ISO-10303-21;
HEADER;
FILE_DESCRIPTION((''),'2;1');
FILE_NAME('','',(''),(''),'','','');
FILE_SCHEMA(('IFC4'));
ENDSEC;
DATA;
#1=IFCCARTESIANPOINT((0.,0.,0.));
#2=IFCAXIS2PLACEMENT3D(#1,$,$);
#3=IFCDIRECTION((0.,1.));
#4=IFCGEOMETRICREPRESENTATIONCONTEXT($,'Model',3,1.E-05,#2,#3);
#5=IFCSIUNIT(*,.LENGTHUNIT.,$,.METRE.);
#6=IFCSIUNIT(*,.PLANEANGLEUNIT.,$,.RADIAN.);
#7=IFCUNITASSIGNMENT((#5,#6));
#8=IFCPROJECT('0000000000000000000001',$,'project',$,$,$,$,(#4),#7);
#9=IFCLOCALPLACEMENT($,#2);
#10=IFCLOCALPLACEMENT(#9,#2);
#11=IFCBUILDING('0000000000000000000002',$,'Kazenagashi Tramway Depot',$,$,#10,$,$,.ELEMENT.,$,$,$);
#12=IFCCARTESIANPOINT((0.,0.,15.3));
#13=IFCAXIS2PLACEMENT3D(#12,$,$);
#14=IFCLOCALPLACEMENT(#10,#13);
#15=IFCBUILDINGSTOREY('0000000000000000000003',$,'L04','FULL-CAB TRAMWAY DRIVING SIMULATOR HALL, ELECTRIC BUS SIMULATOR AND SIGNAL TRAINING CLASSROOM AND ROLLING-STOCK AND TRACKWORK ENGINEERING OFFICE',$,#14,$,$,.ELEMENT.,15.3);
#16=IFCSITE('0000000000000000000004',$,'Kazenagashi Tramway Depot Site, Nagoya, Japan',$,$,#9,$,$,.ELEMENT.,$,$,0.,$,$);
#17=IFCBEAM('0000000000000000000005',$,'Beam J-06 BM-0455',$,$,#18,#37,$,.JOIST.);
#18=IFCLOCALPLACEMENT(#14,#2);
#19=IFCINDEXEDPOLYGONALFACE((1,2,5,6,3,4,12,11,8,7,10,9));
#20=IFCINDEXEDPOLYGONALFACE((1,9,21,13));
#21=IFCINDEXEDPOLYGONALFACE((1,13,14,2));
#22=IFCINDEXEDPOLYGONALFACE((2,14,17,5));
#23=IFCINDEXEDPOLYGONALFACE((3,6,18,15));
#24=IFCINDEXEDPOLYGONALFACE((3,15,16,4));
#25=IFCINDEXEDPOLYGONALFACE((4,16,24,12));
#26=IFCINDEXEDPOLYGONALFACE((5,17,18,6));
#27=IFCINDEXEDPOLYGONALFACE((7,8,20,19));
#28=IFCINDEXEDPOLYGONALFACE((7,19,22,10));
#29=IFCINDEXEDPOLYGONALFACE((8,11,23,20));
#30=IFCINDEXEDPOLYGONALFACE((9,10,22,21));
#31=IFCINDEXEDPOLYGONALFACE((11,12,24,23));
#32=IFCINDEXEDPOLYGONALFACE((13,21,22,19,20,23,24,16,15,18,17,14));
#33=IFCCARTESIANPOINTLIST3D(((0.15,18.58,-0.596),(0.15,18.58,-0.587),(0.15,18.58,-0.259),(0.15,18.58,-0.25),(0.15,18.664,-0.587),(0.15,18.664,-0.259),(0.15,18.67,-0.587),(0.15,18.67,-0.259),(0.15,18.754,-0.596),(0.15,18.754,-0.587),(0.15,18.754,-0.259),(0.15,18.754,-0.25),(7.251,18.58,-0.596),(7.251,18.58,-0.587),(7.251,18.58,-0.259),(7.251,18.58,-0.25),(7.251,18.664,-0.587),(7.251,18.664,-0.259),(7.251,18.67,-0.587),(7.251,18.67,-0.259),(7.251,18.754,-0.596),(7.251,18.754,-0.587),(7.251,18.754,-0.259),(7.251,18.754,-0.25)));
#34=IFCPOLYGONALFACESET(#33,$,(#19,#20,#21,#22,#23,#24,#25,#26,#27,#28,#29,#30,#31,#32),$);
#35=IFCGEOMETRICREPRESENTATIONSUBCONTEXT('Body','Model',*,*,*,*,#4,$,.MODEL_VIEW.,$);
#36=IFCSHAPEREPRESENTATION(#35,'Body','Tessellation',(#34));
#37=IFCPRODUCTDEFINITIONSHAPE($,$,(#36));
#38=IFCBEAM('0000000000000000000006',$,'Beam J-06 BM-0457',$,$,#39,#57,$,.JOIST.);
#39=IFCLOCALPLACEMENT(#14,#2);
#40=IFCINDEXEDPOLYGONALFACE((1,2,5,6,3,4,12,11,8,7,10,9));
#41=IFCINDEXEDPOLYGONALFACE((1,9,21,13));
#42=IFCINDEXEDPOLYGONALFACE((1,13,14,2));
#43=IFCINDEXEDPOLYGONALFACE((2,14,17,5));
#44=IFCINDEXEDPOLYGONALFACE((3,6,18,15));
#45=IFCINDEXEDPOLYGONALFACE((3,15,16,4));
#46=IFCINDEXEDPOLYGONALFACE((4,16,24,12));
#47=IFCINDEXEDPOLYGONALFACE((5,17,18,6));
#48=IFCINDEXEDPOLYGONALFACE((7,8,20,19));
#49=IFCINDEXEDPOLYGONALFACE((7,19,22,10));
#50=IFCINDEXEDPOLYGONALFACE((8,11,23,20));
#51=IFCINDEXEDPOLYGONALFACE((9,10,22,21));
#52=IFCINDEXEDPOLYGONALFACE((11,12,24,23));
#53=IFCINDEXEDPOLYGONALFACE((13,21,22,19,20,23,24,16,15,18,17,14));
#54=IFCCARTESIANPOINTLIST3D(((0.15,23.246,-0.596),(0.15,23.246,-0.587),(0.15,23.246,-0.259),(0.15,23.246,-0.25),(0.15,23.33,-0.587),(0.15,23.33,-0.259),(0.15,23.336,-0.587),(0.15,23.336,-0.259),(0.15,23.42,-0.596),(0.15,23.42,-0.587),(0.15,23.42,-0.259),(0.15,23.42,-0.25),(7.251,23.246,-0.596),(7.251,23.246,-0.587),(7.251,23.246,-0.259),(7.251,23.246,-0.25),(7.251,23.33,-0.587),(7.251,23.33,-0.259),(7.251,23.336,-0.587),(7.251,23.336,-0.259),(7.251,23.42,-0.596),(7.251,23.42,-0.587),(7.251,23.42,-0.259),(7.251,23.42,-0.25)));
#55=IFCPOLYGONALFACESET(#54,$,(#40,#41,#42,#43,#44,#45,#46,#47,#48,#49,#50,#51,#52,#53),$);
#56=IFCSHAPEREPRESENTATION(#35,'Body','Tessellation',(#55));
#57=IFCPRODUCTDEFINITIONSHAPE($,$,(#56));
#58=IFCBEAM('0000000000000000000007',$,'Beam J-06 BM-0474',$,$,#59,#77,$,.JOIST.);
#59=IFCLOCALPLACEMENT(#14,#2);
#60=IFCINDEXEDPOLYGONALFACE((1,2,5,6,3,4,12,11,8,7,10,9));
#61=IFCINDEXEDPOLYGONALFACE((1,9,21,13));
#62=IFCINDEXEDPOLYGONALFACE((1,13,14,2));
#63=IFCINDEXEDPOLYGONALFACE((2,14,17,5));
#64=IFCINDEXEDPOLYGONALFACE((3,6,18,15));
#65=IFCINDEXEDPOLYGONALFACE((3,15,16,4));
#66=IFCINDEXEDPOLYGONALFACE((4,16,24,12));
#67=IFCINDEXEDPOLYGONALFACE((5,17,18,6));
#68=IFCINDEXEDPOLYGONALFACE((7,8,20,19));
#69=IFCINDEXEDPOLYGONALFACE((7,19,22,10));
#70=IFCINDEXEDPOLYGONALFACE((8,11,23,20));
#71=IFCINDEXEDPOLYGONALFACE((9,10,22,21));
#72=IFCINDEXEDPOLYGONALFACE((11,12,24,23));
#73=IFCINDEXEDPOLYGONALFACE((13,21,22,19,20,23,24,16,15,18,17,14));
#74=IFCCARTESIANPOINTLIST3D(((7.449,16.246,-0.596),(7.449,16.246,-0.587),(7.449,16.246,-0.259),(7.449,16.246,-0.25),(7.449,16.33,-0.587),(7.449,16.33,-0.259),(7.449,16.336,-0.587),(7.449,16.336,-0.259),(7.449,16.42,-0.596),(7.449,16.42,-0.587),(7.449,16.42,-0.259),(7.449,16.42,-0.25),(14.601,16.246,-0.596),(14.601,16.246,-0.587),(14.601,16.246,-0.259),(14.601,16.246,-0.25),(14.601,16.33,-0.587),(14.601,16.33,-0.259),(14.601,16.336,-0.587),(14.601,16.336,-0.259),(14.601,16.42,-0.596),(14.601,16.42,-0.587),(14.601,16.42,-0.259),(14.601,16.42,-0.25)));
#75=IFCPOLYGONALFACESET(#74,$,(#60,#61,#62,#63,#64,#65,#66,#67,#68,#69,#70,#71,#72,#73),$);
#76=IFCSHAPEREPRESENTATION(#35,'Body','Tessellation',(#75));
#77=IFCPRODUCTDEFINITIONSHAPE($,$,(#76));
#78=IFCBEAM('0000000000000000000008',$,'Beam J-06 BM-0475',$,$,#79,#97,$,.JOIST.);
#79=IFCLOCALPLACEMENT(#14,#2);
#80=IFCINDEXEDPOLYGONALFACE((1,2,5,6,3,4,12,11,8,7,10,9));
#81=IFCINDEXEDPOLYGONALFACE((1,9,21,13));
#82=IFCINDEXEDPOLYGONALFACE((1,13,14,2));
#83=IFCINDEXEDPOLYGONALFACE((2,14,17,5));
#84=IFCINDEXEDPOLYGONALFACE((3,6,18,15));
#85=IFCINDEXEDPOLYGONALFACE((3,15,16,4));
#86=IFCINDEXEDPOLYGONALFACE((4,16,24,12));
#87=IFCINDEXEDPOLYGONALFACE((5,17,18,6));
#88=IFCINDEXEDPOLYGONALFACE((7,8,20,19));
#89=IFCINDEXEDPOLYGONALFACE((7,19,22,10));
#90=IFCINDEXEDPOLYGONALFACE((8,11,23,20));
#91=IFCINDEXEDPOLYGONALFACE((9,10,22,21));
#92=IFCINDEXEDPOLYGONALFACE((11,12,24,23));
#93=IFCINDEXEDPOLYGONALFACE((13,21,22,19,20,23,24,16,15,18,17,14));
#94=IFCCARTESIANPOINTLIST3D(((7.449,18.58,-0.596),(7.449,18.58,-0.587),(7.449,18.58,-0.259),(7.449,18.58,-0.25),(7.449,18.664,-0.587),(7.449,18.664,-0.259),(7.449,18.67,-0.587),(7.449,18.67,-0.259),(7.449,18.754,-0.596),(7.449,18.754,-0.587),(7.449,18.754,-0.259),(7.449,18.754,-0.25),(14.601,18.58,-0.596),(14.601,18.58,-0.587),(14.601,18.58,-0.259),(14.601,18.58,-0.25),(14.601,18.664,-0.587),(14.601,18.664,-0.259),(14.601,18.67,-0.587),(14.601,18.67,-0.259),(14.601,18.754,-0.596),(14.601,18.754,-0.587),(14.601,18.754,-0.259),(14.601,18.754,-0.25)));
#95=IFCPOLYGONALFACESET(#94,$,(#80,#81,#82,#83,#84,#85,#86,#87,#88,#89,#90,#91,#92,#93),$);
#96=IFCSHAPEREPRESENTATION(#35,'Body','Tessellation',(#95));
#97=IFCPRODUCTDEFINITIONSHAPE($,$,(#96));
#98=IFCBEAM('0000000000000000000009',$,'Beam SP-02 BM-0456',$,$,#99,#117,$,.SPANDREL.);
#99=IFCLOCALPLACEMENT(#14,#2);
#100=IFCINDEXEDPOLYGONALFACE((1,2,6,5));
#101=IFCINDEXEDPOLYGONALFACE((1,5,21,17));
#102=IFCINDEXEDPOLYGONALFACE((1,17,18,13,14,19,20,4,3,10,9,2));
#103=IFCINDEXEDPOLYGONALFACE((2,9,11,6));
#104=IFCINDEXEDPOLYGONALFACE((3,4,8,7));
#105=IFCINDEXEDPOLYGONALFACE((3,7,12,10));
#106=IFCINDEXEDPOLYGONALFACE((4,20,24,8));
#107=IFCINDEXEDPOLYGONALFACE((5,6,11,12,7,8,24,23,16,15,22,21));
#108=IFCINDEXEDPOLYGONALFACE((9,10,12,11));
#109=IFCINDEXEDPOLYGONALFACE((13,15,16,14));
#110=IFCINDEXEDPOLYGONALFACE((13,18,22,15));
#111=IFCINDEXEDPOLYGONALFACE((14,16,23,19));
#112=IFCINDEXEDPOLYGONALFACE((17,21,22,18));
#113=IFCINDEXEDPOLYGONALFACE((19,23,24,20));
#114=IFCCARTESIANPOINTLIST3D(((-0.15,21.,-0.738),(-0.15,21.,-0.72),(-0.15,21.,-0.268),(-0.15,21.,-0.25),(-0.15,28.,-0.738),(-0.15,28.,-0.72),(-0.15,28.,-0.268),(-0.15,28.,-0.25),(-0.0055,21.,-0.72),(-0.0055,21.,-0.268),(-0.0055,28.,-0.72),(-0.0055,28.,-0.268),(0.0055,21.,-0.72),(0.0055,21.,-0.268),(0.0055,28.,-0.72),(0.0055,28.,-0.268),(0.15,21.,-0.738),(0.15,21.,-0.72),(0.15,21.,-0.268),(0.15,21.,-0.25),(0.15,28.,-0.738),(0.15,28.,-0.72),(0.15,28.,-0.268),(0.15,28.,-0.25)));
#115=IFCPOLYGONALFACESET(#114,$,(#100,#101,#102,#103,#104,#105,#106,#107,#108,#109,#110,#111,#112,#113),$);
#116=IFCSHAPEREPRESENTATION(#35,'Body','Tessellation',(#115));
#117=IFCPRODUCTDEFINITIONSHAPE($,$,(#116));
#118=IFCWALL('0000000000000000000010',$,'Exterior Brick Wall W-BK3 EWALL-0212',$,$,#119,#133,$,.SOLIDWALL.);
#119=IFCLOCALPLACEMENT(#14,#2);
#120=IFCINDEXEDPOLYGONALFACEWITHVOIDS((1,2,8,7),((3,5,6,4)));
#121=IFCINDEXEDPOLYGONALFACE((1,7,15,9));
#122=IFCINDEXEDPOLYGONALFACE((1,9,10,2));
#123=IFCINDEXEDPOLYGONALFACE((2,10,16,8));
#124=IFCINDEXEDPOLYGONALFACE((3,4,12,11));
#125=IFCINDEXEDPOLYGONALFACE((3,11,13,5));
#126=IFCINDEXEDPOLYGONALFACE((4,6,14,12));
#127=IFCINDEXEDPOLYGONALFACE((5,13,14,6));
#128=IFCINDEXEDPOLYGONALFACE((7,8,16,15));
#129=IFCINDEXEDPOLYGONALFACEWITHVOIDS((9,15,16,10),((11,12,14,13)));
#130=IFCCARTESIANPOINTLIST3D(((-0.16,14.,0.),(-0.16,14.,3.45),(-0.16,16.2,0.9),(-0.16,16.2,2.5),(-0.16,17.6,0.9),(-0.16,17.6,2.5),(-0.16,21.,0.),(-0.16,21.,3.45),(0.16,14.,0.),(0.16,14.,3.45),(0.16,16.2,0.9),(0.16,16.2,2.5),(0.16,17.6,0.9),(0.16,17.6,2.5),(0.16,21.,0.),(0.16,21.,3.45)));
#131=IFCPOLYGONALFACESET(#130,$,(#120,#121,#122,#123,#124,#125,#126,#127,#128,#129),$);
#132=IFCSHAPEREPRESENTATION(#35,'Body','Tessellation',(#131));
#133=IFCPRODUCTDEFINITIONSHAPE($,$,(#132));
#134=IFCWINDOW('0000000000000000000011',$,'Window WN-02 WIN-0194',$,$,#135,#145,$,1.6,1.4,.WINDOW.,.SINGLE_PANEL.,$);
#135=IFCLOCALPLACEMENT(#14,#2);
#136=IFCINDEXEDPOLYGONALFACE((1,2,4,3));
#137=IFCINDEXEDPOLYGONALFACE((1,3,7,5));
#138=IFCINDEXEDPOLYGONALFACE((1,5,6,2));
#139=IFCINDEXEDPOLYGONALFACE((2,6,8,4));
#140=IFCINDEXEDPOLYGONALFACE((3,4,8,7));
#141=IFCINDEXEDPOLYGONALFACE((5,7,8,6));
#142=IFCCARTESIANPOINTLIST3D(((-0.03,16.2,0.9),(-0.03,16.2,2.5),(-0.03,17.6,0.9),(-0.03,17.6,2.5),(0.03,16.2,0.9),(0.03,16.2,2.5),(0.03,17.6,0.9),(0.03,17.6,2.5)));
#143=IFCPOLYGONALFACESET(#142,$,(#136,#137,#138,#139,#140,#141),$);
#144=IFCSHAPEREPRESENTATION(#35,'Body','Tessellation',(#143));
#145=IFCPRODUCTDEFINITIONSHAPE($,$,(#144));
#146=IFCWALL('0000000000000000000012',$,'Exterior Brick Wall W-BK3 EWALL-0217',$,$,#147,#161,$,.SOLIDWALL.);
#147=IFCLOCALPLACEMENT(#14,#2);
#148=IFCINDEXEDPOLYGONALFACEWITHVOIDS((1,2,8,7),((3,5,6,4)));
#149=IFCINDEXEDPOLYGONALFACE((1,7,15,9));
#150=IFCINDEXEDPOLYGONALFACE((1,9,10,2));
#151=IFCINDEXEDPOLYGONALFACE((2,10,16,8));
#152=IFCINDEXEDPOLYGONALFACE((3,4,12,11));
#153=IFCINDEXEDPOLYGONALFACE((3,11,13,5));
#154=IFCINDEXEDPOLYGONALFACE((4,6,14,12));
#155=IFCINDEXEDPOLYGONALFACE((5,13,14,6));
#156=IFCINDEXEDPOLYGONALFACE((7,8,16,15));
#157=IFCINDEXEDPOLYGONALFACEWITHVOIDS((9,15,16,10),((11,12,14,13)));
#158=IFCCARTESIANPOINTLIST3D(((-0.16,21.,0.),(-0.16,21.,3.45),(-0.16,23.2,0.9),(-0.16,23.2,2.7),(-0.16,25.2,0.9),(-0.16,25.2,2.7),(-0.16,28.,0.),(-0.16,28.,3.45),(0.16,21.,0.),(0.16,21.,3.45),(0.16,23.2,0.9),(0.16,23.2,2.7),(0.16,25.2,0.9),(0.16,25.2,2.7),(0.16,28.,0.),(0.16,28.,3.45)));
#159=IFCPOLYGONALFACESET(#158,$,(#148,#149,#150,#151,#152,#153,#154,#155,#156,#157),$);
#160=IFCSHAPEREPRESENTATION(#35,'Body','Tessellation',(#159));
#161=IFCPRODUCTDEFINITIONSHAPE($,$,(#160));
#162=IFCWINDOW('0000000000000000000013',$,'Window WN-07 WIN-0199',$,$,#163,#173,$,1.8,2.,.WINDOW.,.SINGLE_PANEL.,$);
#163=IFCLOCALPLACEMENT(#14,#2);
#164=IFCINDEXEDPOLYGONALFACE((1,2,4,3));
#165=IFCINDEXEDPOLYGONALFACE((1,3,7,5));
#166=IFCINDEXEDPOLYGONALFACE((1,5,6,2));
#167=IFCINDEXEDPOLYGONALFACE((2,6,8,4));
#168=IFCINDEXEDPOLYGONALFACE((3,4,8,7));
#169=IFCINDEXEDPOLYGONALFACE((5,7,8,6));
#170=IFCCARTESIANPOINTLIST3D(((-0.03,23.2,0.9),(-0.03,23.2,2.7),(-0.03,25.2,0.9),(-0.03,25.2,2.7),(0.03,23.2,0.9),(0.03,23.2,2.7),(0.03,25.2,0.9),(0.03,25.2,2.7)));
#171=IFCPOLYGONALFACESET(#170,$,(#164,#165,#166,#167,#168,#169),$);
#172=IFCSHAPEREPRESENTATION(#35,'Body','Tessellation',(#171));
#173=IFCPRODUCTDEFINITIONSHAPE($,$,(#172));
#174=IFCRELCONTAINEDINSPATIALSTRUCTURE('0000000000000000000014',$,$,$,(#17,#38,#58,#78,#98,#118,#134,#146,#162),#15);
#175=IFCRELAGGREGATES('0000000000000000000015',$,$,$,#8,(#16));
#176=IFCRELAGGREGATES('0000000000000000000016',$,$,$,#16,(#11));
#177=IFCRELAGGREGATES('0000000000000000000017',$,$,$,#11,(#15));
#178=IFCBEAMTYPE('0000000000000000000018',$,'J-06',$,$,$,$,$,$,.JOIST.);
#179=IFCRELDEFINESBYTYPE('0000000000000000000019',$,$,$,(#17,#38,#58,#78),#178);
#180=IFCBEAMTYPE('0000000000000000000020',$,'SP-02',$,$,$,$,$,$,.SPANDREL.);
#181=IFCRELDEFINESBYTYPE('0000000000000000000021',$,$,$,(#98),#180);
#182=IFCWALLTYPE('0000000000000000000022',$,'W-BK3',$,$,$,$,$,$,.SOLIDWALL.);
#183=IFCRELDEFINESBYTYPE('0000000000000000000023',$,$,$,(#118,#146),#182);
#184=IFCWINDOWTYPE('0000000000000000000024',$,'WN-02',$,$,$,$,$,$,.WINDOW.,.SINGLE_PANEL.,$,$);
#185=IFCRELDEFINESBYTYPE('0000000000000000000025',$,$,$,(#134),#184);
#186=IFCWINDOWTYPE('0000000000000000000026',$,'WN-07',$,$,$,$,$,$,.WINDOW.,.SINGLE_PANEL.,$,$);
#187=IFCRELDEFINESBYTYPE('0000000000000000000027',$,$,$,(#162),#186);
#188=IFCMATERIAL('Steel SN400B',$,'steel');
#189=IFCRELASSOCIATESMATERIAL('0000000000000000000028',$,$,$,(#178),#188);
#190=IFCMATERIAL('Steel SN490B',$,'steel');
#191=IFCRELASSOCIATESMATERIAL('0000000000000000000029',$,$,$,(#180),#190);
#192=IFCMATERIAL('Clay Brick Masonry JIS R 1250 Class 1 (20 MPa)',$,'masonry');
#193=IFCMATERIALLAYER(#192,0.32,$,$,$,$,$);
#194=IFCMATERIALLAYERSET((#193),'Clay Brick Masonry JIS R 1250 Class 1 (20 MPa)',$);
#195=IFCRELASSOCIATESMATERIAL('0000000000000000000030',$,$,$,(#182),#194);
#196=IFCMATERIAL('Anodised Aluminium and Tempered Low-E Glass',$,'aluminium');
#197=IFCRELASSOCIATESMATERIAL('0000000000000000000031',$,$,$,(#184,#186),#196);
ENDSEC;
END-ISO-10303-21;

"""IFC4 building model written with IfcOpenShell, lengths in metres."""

from ifc_helpers import new_model, si_unit, direction, frame, frame_2d, origin, origin_2d, place, context, subcontext, project, spatial, rectangle, i_section, extrude, material, layer, layer_set, material_profile, profile_set, type_object, element, fill, save


model = new_model("IFC4")

# Units and contexts
model_context = context("Model", 3, precision=1e-05, world=origin(), true_north=direction((0.0, 1.0)))
body_context = subcontext(model_context, "Body", "Model", "MODEL_VIEW")
ifc_project = project(units=[si_unit("LENGTHUNIT", "METRE"), si_unit("PLANEANGLEUNIT", "RADIAN")], contexts=[model_context])

# Site, building, storey
site_placement = place(None, origin())
site = spatial("IfcSite", under=ifc_project, at=site_placement, Name="Kazenagashi Tramway Depot Site, Nagoya, Japan", CompositionType="ELEMENT", RefElevation=0.0)
building_placement = place(site_placement, origin())
building = spatial("IfcBuilding", under=site, at=building_placement, Name="Kazenagashi Tramway Depot", CompositionType="ELEMENT")
storey_placement = place(building_placement, frame((0.0, 0.0, 15.3)))
storey = spatial("IfcBuildingStorey", under=building, at=storey_placement, Name="L04", Description="FULL-CAB TRAMWAY DRIVING SIMULATOR HALL, ELECTRIC BUS SIMULATOR AND SIGNAL TRAINING CLASSROOM AND ROLLING-STOCK AND TRACKWORK ENGINEERING OFFICE", CompositionType="ELEMENT", Elevation=15.3)

# Shared definitions
ifc_material_1 = material(Name="Steel SN490B", Category="steel")

# Beams
ifc_material_2 = material(Name="Steel SN400B", Category="steel")
ifc_material_profile_1 = material_profile(ifc_material_2, i_section(OverallWidth=0.174, OverallDepth=0.346, WebThickness=0.006, FlangeThickness=0.009, at=origin_2d()), Name="H-346x174x6x9")
ifc_profile_set_1 = profile_set([ifc_material_profile_1], Name="Steel SN400B")
beam_type_1 = type_object("IfcBeamType", Name="J-06", PredefinedType="JOIST", material=ifc_profile_set_1)
for number, where, z_axis, x_axis, name in (
    (1, (0.15, 18.667, -0.423), (1.0, 0.0, 0.0), (0.0, 1.0, 0.0), "Beam J-06 BM-0455"),
    (2, (0.15, 23.333, -0.423), (1.0, 0.0, 0.0), (0.0, 1.0, 0.0), "Beam J-06 BM-0457"),
):
    element("IfcBeam", number, at=place(storey_placement, frame(where, z_axis=z_axis, x_axis=x_axis)), inside=storey, type_object=beam_type_1, Name=name, PredefinedType="JOIST", context=body_context, shape_type="SweptSolid", body=[
        extrude(i_section(OverallWidth=0.174, OverallDepth=0.346, WebThickness=0.006, FlangeThickness=0.009, at=origin_2d()), origin(), (0.0, 0.0, 1.0), 7.101),
    ])
for number, where, z_axis, x_axis, name in (
    (3, (7.449, 16.333, -0.423), (1.0, 0.0, 0.0), (0.0, 1.0, 0.0), "Beam J-06 BM-0474"),
    (4, (7.449, 18.667, -0.423), (1.0, 0.0, 0.0), (0.0, 1.0, 0.0), "Beam J-06 BM-0475"),
):
    element("IfcBeam", number, at=place(storey_placement, frame(where, z_axis=z_axis, x_axis=x_axis)), inside=storey, type_object=beam_type_1, Name=name, PredefinedType="JOIST", context=body_context, shape_type="SweptSolid", body=[
        extrude(i_section(OverallWidth=0.174, OverallDepth=0.346, WebThickness=0.006, FlangeThickness=0.009, at=origin_2d()), origin(), (0.0, 0.0, 1.0), 7.152),
    ])
ifc_material_profile_2 = material_profile(ifc_material_1, i_section(OverallWidth=0.3, OverallDepth=0.488, WebThickness=0.011, FlangeThickness=0.018, at=origin_2d()), Name="H-488x300x11x18")
ifc_profile_set_2 = profile_set([ifc_material_profile_2], Name="Steel SN490B")
beam_type_2 = type_object("IfcBeamType", Name="SP-02", PredefinedType="SPANDREL", material=ifc_profile_set_2)
beam_placement = place(storey_placement, frame((0.0, 21.0, -0.494), z_axis=(0.0, 1.0, 0.0), x_axis=(-1.0, 0.0, 0.0)))
element("IfcBeam", 5, at=beam_placement, inside=storey, type_object=beam_type_2, Name="Beam SP-02 BM-0456", PredefinedType="SPANDREL", context=body_context, shape_type="SweptSolid", body=[
    extrude(i_section(OverallWidth=0.3, OverallDepth=0.488, WebThickness=0.011, FlangeThickness=0.018, at=origin_2d()), origin(), (0.0, 0.0, 1.0), 7.0),
])

# Walls, openings, windows
ifc_material_3 = material(Name="Clay Brick Masonry JIS R 1250 Class 1 (20 MPa)", Category="masonry")
ifc_layer_1 = layer(ifc_material_3, 0.32)
ifc_layer_set_1 = layer_set([ifc_layer_1], Name="Clay Brick Masonry JIS R 1250 Class 1 (20 MPa)")
wall_type_1 = type_object("IfcWallType", Name="W-BK3", PredefinedType="SOLIDWALL", material=ifc_layer_set_1)
wall_1_placement = place(storey_placement, frame((0.0, 14.0, 0.0), z_axis=(0.0, 0.0, 1.0), x_axis=(0.0, 1.0, 0.0)))
wall_1 = element("IfcWall", 6, at=wall_1_placement, inside=storey, type_object=wall_type_1, Name="Exterior Brick Wall W-BK3 EWALL-0212", PredefinedType="SOLIDWALL", context=body_context, shape_type="SweptSolid", body=[
    extrude(rectangle(XDim=7.0, YDim=0.32, at=frame_2d((3.5, 0.0))), origin(), (0.0, 0.0, 1.0), 3.45),
])
opening_1_placement = place(wall_1_placement, frame((2.2, 0.0, 0.9)))
opening_1 = element("IfcOpeningElement", 7, at=opening_1_placement, cuts=wall_1, PredefinedType="OPENING", context=body_context, shape_type="SweptSolid", body=[
    extrude(rectangle(XDim=1.4, YDim=1.6, at=frame_2d((0.7, 0.8))), frame((0.0, 0.17, 0.0), z_axis=(0.0, -1.0, 0.0), x_axis=(1.0, 0.0, 0.0)), (0.0, 0.0, 1.0), 0.34),
])
ifc_material_4 = material(Name="Anodised Aluminium and Tempered Low-E Glass", Category="aluminium")
window_type_1 = type_object("IfcWindowType", Name="WN-02", PartitioningType="SINGLE_PANEL", PredefinedType="WINDOW", material=ifc_material_4)
window_1_placement = place(opening_1_placement, origin())
window_1 = element("IfcWindow", 8, at=window_1_placement, inside=storey, type_object=window_type_1, Name="Window WN-02 WIN-0194", OverallHeight=1.6, OverallWidth=1.4, PartitioningType="SINGLE_PANEL", PredefinedType="WINDOW", context=body_context, shape_type="SweptSolid", body=[
    extrude(rectangle(XDim=1.4, YDim=1.6, at=frame_2d((0.7, 0.8))), frame((0.0, 0.03, 0.0), z_axis=(0.0, -1.0, 0.0), x_axis=(1.0, 0.0, 0.0)), (0.0, 0.0, 1.0), 0.06),
])
fill(opening_1, window_1)
wall_2_placement = place(storey_placement, frame((0.0, 21.0, 0.0), z_axis=(0.0, 0.0, 1.0), x_axis=(0.0, 1.0, 0.0)))
wall_2 = element("IfcWall", 9, at=wall_2_placement, inside=storey, type_object=wall_type_1, Name="Exterior Brick Wall W-BK3 EWALL-0217", PredefinedType="SOLIDWALL", context=body_context, shape_type="SweptSolid", body=[
    extrude(rectangle(XDim=7.0, YDim=0.32, at=frame_2d((3.5, 0.0))), origin(), (0.0, 0.0, 1.0), 3.45),
])
opening_2_placement = place(wall_2_placement, frame((2.2, 0.0, 0.9)))
opening_2 = element("IfcOpeningElement", 10, at=opening_2_placement, cuts=wall_2, PredefinedType="OPENING", context=body_context, shape_type="SweptSolid", body=[
    extrude(rectangle(XDim=2.0, YDim=1.8, at=frame_2d((1.0, 0.9))), frame((0.0, 0.17, 0.0), z_axis=(0.0, -1.0, 0.0), x_axis=(1.0, 0.0, 0.0)), (0.0, 0.0, 1.0), 0.34),
])
window_type_2 = type_object("IfcWindowType", Name="WN-07", PartitioningType="SINGLE_PANEL", PredefinedType="WINDOW", material=ifc_material_4)
window_2_placement = place(opening_2_placement, origin())
window_2 = element("IfcWindow", 11, at=window_2_placement, inside=storey, type_object=window_type_2, Name="Window WN-07 WIN-0199", OverallHeight=1.8, OverallWidth=2.0, PartitioningType="SINGLE_PANEL", PredefinedType="WINDOW", context=body_context, shape_type="SweptSolid", body=[
    extrude(rectangle(XDim=2.0, YDim=1.8, at=frame_2d((1.0, 0.9))), frame((0.0, 0.03, 0.0), z_axis=(0.0, -1.0, 0.0), x_axis=(1.0, 0.0, 0.0)), (0.0, 0.0, 1.0), 0.06),
])
fill(opening_2, window_2)

save(model, "model.ifc")
